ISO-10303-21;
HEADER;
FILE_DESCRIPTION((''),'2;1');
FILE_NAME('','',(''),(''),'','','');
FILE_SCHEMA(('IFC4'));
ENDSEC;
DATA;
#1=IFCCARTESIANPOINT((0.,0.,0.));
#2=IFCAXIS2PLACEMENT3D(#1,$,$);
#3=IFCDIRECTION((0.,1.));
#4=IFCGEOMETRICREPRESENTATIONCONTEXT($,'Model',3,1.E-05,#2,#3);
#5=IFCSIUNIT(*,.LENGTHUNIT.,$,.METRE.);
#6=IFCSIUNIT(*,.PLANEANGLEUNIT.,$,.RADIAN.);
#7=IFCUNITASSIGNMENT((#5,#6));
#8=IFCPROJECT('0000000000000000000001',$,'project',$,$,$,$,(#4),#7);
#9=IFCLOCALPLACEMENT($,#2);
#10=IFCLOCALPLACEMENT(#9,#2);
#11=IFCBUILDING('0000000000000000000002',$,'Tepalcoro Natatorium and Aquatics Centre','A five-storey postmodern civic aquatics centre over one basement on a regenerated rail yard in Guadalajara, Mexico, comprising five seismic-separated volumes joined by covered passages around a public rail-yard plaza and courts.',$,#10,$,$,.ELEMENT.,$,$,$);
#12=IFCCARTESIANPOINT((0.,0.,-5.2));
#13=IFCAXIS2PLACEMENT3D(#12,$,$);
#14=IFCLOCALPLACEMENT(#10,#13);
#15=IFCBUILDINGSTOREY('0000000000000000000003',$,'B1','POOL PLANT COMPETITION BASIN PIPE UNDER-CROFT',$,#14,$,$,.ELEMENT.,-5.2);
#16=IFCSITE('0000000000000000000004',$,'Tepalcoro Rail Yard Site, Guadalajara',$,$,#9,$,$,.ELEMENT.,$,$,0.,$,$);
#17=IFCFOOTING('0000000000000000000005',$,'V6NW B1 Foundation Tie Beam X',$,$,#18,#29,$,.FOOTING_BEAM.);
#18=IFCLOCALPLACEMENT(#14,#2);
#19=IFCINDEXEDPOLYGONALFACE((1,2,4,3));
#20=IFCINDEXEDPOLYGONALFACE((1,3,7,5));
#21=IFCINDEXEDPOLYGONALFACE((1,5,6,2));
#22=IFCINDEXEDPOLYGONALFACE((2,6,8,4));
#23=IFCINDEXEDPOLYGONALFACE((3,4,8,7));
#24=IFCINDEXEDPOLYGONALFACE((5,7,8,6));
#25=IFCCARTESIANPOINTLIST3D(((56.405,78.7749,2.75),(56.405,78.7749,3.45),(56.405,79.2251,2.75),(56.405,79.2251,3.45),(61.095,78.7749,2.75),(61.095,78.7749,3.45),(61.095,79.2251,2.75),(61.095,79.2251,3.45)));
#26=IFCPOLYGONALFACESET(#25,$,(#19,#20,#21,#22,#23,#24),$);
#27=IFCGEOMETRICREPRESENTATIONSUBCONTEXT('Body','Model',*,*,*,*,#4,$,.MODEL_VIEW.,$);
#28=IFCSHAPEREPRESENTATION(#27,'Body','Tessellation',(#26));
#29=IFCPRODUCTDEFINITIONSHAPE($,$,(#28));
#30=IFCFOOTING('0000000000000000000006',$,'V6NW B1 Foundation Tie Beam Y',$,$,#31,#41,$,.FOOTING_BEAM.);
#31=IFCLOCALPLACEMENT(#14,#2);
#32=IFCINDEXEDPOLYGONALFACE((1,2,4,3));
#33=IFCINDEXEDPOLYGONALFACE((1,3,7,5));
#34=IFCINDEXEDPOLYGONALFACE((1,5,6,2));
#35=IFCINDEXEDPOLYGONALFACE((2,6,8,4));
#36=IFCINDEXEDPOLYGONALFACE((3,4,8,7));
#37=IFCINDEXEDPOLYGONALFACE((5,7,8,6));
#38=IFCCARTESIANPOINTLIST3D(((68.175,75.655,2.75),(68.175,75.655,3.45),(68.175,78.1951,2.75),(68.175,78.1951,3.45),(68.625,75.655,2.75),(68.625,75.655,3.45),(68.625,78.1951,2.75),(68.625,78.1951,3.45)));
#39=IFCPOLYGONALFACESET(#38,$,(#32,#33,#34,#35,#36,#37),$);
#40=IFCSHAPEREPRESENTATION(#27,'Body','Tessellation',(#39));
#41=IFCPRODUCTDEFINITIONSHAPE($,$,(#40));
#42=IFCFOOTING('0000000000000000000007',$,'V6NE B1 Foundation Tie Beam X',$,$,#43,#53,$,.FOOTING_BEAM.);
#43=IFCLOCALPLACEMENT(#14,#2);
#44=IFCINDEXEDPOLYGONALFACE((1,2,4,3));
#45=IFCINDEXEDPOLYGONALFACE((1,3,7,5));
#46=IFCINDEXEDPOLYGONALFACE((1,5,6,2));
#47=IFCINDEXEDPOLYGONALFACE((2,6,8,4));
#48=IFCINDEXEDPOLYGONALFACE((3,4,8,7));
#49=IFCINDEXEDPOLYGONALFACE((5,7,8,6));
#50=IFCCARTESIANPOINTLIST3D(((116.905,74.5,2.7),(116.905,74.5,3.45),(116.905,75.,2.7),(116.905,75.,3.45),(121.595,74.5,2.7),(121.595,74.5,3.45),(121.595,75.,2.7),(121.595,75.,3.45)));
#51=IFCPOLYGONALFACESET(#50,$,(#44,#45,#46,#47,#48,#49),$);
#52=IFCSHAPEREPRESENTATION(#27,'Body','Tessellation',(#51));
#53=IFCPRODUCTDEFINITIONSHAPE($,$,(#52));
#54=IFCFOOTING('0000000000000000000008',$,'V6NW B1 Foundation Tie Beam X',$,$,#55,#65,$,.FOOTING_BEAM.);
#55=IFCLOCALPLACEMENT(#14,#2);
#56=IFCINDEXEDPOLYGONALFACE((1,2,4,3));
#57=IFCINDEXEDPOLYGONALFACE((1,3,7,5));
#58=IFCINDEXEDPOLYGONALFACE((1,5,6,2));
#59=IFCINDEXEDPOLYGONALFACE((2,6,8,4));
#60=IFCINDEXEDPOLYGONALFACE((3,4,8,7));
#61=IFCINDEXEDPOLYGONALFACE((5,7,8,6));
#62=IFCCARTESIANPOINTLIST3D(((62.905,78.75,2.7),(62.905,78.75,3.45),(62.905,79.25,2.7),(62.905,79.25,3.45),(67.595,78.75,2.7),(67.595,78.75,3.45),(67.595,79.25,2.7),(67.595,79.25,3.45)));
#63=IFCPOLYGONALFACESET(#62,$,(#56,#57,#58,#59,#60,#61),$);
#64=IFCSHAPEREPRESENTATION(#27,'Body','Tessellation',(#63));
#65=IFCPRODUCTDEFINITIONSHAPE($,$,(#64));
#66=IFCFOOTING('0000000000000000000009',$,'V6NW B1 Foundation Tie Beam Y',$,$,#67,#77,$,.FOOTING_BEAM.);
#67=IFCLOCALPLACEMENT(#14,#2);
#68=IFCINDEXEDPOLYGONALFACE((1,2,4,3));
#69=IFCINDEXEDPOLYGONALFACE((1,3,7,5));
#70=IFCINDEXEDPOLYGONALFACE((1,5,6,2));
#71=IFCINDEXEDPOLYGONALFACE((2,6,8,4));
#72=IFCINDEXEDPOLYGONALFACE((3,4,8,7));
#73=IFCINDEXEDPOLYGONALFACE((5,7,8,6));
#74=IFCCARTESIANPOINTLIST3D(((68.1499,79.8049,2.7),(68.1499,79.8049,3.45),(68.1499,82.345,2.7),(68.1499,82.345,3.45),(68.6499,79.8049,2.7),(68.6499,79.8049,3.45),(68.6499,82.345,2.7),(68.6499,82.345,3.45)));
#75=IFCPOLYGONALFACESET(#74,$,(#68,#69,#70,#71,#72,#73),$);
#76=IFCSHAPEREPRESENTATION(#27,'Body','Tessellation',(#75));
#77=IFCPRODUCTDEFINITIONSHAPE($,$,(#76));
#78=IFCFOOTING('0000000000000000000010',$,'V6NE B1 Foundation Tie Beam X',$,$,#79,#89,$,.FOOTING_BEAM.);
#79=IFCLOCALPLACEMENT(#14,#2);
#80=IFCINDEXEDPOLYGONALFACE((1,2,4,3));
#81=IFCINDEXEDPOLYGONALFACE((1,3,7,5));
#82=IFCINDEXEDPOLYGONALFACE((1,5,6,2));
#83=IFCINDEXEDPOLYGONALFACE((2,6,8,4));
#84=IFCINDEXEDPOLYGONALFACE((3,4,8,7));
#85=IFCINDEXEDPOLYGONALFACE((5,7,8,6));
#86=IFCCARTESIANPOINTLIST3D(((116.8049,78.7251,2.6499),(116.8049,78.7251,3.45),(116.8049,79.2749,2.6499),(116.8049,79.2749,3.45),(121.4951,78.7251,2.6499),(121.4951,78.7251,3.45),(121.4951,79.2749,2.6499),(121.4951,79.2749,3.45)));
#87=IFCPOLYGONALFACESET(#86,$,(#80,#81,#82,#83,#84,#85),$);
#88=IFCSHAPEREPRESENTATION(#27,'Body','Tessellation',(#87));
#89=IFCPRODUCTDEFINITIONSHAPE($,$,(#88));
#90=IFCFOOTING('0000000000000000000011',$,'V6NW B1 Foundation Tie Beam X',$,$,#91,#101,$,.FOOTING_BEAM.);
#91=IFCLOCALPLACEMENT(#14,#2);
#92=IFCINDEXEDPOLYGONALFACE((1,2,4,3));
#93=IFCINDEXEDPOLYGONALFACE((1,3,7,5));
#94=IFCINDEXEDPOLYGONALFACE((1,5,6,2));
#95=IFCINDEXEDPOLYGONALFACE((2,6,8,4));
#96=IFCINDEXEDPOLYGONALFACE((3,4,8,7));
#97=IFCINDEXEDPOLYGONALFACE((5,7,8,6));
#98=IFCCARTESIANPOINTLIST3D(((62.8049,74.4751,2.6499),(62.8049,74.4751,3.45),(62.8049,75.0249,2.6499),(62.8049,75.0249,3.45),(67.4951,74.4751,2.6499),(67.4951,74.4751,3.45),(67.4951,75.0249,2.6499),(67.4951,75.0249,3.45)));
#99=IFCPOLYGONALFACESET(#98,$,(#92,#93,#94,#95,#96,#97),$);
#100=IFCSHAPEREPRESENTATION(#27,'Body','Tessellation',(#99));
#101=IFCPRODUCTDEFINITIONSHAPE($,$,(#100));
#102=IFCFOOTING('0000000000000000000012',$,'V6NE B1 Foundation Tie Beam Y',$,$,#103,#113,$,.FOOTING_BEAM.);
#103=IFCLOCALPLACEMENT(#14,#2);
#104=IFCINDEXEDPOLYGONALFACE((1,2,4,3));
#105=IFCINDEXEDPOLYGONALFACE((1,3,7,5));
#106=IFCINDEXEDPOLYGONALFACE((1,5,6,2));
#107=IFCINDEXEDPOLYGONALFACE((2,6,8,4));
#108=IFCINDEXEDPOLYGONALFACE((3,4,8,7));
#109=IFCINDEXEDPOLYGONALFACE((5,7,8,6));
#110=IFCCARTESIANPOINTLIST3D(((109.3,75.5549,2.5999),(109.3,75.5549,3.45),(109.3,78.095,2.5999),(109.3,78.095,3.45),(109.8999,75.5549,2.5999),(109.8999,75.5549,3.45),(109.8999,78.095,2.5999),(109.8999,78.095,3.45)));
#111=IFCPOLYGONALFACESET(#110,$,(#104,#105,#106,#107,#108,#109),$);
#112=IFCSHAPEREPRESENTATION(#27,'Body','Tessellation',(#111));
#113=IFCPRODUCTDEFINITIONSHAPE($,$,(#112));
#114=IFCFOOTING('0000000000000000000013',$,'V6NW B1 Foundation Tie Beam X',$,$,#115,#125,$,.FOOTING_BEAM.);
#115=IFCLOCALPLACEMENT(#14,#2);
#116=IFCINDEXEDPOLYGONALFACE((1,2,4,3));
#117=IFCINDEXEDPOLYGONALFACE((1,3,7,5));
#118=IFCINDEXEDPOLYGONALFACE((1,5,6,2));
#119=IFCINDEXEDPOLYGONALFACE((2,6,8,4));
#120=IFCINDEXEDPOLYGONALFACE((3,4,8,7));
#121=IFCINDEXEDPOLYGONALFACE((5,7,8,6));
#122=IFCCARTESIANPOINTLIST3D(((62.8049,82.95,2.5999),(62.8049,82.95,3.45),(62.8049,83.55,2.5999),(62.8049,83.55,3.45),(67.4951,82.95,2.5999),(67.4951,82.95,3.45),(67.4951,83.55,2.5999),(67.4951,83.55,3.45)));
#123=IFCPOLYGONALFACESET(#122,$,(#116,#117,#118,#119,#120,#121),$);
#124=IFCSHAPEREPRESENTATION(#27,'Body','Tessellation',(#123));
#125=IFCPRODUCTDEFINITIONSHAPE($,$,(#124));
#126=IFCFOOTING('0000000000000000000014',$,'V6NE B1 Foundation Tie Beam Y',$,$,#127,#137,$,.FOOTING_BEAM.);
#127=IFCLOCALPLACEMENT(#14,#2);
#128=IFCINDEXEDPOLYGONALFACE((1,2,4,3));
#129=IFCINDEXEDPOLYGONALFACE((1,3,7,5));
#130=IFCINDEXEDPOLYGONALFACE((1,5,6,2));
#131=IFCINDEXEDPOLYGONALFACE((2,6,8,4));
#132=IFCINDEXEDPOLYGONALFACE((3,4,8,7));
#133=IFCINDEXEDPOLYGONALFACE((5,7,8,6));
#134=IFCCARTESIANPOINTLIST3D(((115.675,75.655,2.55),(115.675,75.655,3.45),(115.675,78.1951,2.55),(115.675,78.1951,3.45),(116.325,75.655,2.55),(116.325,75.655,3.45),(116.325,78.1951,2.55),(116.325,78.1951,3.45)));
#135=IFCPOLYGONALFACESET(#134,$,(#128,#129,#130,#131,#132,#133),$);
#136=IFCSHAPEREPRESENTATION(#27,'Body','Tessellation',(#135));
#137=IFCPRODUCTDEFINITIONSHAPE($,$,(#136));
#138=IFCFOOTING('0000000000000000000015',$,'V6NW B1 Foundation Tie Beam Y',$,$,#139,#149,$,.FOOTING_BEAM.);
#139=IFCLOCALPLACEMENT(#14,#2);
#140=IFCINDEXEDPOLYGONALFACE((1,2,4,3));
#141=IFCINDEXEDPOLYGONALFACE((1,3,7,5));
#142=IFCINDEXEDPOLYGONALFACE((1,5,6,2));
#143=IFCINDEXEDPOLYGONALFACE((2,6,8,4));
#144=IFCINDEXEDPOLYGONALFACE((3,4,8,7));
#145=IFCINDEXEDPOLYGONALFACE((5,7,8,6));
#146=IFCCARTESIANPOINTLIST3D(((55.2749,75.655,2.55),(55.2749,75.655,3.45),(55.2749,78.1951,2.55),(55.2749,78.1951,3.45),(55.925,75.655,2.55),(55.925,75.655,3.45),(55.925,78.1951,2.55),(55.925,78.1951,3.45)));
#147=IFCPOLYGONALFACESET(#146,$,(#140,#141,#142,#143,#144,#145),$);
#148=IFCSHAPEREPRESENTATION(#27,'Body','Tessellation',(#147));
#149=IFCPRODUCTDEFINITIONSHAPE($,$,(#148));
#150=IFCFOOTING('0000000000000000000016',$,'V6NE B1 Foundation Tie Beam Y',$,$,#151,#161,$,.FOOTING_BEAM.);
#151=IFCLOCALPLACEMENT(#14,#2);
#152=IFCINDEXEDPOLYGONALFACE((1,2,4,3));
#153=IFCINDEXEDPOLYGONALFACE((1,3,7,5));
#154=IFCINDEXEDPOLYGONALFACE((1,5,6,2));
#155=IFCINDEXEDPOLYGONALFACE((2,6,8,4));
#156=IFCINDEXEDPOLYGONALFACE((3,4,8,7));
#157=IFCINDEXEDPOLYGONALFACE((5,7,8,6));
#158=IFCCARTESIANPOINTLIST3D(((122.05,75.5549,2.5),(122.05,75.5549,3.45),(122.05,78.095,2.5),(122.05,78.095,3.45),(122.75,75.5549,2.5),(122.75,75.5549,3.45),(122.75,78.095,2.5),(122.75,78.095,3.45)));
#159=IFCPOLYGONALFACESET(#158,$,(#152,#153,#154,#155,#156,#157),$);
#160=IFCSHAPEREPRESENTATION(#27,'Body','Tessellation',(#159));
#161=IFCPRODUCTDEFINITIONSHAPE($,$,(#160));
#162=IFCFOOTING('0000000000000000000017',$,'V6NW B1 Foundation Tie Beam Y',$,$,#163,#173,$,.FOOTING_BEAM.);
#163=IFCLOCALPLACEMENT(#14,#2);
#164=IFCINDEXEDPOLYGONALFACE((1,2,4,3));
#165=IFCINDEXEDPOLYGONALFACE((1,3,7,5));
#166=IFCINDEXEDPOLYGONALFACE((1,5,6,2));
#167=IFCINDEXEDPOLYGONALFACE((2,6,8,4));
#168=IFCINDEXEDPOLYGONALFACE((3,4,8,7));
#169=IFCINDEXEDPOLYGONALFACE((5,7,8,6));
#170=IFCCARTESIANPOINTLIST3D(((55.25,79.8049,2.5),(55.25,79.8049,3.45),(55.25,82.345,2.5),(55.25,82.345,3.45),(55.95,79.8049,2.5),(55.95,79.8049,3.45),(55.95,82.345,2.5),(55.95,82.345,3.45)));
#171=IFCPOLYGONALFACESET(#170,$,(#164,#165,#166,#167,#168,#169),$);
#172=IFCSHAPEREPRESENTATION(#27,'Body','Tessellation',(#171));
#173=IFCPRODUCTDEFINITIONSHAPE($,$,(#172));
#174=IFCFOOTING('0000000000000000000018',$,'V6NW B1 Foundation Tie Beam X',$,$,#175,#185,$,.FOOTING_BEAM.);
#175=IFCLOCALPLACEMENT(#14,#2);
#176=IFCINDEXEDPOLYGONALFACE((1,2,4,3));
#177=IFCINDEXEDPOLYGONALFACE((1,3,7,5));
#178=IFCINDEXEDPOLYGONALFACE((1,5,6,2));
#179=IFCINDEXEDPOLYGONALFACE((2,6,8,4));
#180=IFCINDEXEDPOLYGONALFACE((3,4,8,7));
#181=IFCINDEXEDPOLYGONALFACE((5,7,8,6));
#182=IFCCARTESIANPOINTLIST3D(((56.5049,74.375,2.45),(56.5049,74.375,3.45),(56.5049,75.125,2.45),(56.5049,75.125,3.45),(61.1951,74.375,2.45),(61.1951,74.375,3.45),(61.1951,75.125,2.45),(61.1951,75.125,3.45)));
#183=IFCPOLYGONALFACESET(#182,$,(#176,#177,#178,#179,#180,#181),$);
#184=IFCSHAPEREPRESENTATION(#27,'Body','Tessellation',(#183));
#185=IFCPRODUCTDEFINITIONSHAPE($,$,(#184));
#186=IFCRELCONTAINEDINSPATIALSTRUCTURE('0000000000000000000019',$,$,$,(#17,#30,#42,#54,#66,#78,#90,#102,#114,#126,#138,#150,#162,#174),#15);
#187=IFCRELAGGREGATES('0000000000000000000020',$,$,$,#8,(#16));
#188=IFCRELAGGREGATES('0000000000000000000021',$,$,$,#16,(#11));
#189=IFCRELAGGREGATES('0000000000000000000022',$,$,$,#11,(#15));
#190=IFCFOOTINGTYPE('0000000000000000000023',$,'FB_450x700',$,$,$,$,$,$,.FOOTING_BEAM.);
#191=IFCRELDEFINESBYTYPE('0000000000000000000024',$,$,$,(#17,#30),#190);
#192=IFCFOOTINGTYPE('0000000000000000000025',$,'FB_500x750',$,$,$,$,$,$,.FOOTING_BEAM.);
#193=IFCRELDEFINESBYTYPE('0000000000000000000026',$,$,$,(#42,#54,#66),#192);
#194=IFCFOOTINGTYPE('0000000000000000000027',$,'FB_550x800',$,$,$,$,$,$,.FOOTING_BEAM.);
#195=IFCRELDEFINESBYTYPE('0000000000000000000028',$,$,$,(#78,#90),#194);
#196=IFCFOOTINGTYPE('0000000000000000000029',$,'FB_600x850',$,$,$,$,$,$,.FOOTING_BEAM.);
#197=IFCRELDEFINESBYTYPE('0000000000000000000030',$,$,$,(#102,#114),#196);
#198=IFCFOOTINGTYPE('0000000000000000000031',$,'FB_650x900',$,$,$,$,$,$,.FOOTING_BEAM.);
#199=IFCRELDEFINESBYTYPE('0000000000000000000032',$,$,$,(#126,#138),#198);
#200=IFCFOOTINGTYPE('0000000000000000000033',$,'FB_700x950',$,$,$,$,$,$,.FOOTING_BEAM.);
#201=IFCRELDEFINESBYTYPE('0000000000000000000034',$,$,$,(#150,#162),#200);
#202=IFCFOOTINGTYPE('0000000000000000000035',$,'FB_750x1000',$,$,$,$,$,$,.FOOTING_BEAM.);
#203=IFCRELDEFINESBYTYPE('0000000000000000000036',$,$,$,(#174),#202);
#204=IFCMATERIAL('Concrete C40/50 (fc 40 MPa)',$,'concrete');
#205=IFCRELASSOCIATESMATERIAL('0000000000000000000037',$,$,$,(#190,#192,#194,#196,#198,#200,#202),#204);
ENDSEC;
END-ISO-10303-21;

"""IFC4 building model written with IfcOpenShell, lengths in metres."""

from ifc_helpers import new_model, si_unit, direction, frame, origin, place, context, subcontext, project, spatial, polyline, outline, extrude, material, type_object, element, save


model = new_model("IFC4")

# Units and contexts
model_context = context("Model", 3, precision=1e-05, world=origin(), true_north=direction((0.0, 1.0)))
body_context = subcontext(model_context, "Body", "Model", "MODEL_VIEW")
ifc_project = project(units=[si_unit("LENGTHUNIT", "METRE"), si_unit("PLANEANGLEUNIT", "RADIAN")], contexts=[model_context])

# Site, building, storey
site_placement = place(None, origin())
site = spatial("IfcSite", under=ifc_project, at=site_placement, Name="Tepalcoro Rail Yard Site, Guadalajara", CompositionType="ELEMENT", RefElevation=0.0)
building_placement = place(site_placement, origin())
building = spatial("IfcBuilding", under=site, at=building_placement, Name="Tepalcoro Natatorium and Aquatics Centre", Description="A five-storey postmodern civic aquatics centre over one basement on a regenerated rail yard in Guadalajara, Mexico, comprising five seismic-separated volumes joined by covered passages around a public rail-yard plaza and courts.", CompositionType="ELEMENT")
storey_placement = place(building_placement, frame((0.0, 0.0, -5.2)))
storey = spatial("IfcBuildingStorey", under=building, at=storey_placement, Name="B1", Description="POOL PLANT COMPETITION BASIN PIPE UNDER-CROFT", CompositionType="ELEMENT", Elevation=-5.2)

# Footings
ifc_material_1 = material(Name="Concrete C40/50 (fc 40 MPa)", Category="concrete")
footing_type_1 = type_object("IfcFootingType", Name="FB_450x700", PredefinedType="FOOTING_BEAM", material=ifc_material_1)
footing_1_placement = place(storey_placement, frame((0.0, 0.0, 2.75)))
element("IfcFooting", 1, at=footing_1_placement, inside=storey, type_object=footing_type_1, Name="V6NW B1 Foundation Tie Beam X", PredefinedType="FOOTING_BEAM", context=body_context, shape_type="SweptSolid", body=[
    extrude(outline(polyline([(56.405, 78.7749), (61.095, 78.7749), (61.095, 79.2251), (56.405, 79.2251), (56.405, 78.7749)])), origin(), (0.0, 0.0, 1.0), 0.7),
])
footing_2_placement = place(storey_placement, frame((0.0, 0.0, 2.75)))
element("IfcFooting", 2, at=footing_2_placement, inside=storey, type_object=footing_type_1, Name="V6NW B1 Foundation Tie Beam Y", PredefinedType="FOOTING_BEAM", context=body_context, shape_type="SweptSolid", body=[
    extrude(outline(polyline([(68.625, 75.655), (68.625, 78.1951), (68.175, 78.1951), (68.175, 75.655), (68.625, 75.655)])), origin(), (0.0, 0.0, 1.0), 0.7),
])
footing_type_2 = type_object("IfcFootingType", Name="FB_500x750", PredefinedType="FOOTING_BEAM", material=ifc_material_1)
footing_3_placement = place(storey_placement, frame((0.0, 0.0, 2.7)))
element("IfcFooting", 3, at=footing_3_placement, inside=storey, type_object=footing_type_2, Name="V6NE B1 Foundation Tie Beam X", PredefinedType="FOOTING_BEAM", context=body_context, shape_type="SweptSolid", body=[
    extrude(outline(polyline([(116.905, 74.5), (121.595, 74.5), (121.595, 75.0), (116.905, 75.0), (116.905, 74.5)])), origin(), (0.0, 0.0, 1.0), 0.75),
])
footing_4_placement = place(storey_placement, frame((0.0, 0.0, 2.7)))
element("IfcFooting", 4, at=footing_4_placement, inside=storey, type_object=footing_type_2, Name="V6NW B1 Foundation Tie Beam X", PredefinedType="FOOTING_BEAM", context=body_context, shape_type="SweptSolid", body=[
    extrude(outline(polyline([(62.905, 78.75), (67.595, 78.75), (67.595, 79.25), (62.905, 79.25), (62.905, 78.75)])), origin(), (0.0, 0.0, 1.0), 0.75),
])
footing_5_placement = place(storey_placement, frame((0.0, 0.0, 2.7)))
element("IfcFooting", 5, at=footing_5_placement, inside=storey, type_object=footing_type_2, Name="V6NW B1 Foundation Tie Beam Y", PredefinedType="FOOTING_BEAM", context=body_context, shape_type="SweptSolid", body=[
    extrude(outline(polyline([(68.6499, 79.8049), (68.6499, 82.345), (68.1499, 82.345), (68.1499, 79.8049), (68.6499, 79.8049)])), origin(), (0.0, 0.0, 1.0), 0.75),
])
footing_type_3 = type_object("IfcFootingType", Name="FB_550x800", PredefinedType="FOOTING_BEAM", material=ifc_material_1)
footing_6_placement = place(storey_placement, frame((0.0, 0.0, 2.6499)))
element("IfcFooting", 6, at=footing_6_placement, inside=storey, type_object=footing_type_3, Name="V6NE B1 Foundation Tie Beam X", PredefinedType="FOOTING_BEAM", context=body_context, shape_type="SweptSolid", body=[
    extrude(outline(polyline([(116.8049, 78.7251), (121.4951, 78.7251), (121.4951, 79.2749), (116.8049, 79.2749), (116.8049, 78.7251)])), origin(), (0.0, 0.0, 1.0), 0.8),
])
footing_7_placement = place(storey_placement, frame((0.0, 0.0, 2.6499)))
element("IfcFooting", 7, at=footing_7_placement, inside=storey, type_object=footing_type_3, Name="V6NW B1 Foundation Tie Beam X", PredefinedType="FOOTING_BEAM", context=body_context, shape_type="SweptSolid", body=[
    extrude(outline(polyline([(62.8049, 74.4751), (67.4951, 74.4751), (67.4951, 75.0249), (62.8049, 75.0249), (62.8049, 74.4751)])), origin(), (0.0, 0.0, 1.0), 0.8),
])
footing_type_4 = type_object("IfcFootingType", Name="FB_600x850", PredefinedType="FOOTING_BEAM", material=ifc_material_1)
footing_8_placement = place(storey_placement, frame((0.0, 0.0, 2.5999)))
element("IfcFooting", 8, at=footing_8_placement, inside=storey, type_object=footing_type_4, Name="V6NE B1 Foundation Tie Beam Y", PredefinedType="FOOTING_BEAM", context=body_context, shape_type="SweptSolid", body=[
    extrude(outline(polyline([(109.8999, 75.5549), (109.8999, 78.095), (109.3, 78.095), (109.3, 75.5549), (109.8999, 75.5549)])), origin(), (0.0, 0.0, 1.0), 0.8501),
])
footing_9_placement = place(storey_placement, frame((0.0, 0.0, 2.5999)))
element("IfcFooting", 9, at=footing_9_placement, inside=storey, type_object=footing_type_4, Name="V6NW B1 Foundation Tie Beam X", PredefinedType="FOOTING_BEAM", context=body_context, shape_type="SweptSolid", body=[
    extrude(outline(polyline([(62.8049, 82.95), (67.4951, 82.95), (67.4951, 83.55), (62.8049, 83.55), (62.8049, 82.95)])), origin(), (0.0, 0.0, 1.0), 0.8501),
])
footing_type_5 = type_object("IfcFootingType", Name="FB_650x900", PredefinedType="FOOTING_BEAM", material=ifc_material_1)
footing_10_placement = place(storey_placement, frame((0.0, 0.0, 2.55)))
element("IfcFooting", 10, at=footing_10_placement, inside=storey, type_object=footing_type_5, Name="V6NE B1 Foundation Tie Beam Y", PredefinedType="FOOTING_BEAM", context=body_context, shape_type="SweptSolid", body=[
    extrude(outline(polyline([(116.325, 75.655), (116.325, 78.1951), (115.675, 78.1951), (115.675, 75.655), (116.325, 75.655)])), origin(), (0.0, 0.0, 1.0), 0.8999),
])
footing_11_placement = place(storey_placement, frame((0.0, 0.0, 2.55)))
element("IfcFooting", 11, at=footing_11_placement, inside=storey, type_object=footing_type_5, Name="V6NW B1 Foundation Tie Beam Y", PredefinedType="FOOTING_BEAM", context=body_context, shape_type="SweptSolid", body=[
    extrude(outline(polyline([(55.925, 75.655), (55.925, 78.1951), (55.2749, 78.1951), (55.2749, 75.655), (55.925, 75.655)])), origin(), (0.0, 0.0, 1.0), 0.8999),
])
footing_type_6 = type_object("IfcFootingType", Name="FB_700x950", PredefinedType="FOOTING_BEAM", material=ifc_material_1)
footing_12_placement = place(storey_placement, frame((0.0, 0.0, 2.5)))
element("IfcFooting", 12, at=footing_12_placement, inside=storey, type_object=footing_type_6, Name="V6NE B1 Foundation Tie Beam Y", PredefinedType="FOOTING_BEAM", context=body_context, shape_type="SweptSolid", body=[
    extrude(outline(polyline([(122.75, 75.5549), (122.75, 78.095), (122.05, 78.095), (122.05, 75.5549), (122.75, 75.5549)])), origin(), (0.0, 0.0, 1.0), 0.95),
])
footing_13_placement = place(storey_placement, frame((0.0, 0.0, 2.5)))
element("IfcFooting", 13, at=footing_13_placement, inside=storey, type_object=footing_type_6, Name="V6NW B1 Foundation Tie Beam Y", PredefinedType="FOOTING_BEAM", context=body_context, shape_type="SweptSolid", body=[
    extrude(outline(polyline([(55.95, 79.8049), (55.95, 82.345), (55.25, 82.345), (55.25, 79.8049), (55.95, 79.8049)])), origin(), (0.0, 0.0, 1.0), 0.95),
])
footing_type_7 = type_object("IfcFootingType", Name="FB_750x1000", PredefinedType="FOOTING_BEAM", material=ifc_material_1)
footing_14_placement = place(storey_placement, frame((0.0, 0.0, 2.45)))
element("IfcFooting", 14, at=footing_14_placement, inside=storey, type_object=footing_type_7, Name="V6NW B1 Foundation Tie Beam X", PredefinedType="FOOTING_BEAM", context=body_context, shape_type="SweptSolid", body=[
    extrude(outline(polyline([(56.5049, 74.375), (61.1951, 74.375), (61.1951, 75.125), (56.5049, 75.125), (56.5049, 74.375)])), origin(), (0.0, 0.0, 1.0), 1.0),
])

save(model, "model.ifc")
